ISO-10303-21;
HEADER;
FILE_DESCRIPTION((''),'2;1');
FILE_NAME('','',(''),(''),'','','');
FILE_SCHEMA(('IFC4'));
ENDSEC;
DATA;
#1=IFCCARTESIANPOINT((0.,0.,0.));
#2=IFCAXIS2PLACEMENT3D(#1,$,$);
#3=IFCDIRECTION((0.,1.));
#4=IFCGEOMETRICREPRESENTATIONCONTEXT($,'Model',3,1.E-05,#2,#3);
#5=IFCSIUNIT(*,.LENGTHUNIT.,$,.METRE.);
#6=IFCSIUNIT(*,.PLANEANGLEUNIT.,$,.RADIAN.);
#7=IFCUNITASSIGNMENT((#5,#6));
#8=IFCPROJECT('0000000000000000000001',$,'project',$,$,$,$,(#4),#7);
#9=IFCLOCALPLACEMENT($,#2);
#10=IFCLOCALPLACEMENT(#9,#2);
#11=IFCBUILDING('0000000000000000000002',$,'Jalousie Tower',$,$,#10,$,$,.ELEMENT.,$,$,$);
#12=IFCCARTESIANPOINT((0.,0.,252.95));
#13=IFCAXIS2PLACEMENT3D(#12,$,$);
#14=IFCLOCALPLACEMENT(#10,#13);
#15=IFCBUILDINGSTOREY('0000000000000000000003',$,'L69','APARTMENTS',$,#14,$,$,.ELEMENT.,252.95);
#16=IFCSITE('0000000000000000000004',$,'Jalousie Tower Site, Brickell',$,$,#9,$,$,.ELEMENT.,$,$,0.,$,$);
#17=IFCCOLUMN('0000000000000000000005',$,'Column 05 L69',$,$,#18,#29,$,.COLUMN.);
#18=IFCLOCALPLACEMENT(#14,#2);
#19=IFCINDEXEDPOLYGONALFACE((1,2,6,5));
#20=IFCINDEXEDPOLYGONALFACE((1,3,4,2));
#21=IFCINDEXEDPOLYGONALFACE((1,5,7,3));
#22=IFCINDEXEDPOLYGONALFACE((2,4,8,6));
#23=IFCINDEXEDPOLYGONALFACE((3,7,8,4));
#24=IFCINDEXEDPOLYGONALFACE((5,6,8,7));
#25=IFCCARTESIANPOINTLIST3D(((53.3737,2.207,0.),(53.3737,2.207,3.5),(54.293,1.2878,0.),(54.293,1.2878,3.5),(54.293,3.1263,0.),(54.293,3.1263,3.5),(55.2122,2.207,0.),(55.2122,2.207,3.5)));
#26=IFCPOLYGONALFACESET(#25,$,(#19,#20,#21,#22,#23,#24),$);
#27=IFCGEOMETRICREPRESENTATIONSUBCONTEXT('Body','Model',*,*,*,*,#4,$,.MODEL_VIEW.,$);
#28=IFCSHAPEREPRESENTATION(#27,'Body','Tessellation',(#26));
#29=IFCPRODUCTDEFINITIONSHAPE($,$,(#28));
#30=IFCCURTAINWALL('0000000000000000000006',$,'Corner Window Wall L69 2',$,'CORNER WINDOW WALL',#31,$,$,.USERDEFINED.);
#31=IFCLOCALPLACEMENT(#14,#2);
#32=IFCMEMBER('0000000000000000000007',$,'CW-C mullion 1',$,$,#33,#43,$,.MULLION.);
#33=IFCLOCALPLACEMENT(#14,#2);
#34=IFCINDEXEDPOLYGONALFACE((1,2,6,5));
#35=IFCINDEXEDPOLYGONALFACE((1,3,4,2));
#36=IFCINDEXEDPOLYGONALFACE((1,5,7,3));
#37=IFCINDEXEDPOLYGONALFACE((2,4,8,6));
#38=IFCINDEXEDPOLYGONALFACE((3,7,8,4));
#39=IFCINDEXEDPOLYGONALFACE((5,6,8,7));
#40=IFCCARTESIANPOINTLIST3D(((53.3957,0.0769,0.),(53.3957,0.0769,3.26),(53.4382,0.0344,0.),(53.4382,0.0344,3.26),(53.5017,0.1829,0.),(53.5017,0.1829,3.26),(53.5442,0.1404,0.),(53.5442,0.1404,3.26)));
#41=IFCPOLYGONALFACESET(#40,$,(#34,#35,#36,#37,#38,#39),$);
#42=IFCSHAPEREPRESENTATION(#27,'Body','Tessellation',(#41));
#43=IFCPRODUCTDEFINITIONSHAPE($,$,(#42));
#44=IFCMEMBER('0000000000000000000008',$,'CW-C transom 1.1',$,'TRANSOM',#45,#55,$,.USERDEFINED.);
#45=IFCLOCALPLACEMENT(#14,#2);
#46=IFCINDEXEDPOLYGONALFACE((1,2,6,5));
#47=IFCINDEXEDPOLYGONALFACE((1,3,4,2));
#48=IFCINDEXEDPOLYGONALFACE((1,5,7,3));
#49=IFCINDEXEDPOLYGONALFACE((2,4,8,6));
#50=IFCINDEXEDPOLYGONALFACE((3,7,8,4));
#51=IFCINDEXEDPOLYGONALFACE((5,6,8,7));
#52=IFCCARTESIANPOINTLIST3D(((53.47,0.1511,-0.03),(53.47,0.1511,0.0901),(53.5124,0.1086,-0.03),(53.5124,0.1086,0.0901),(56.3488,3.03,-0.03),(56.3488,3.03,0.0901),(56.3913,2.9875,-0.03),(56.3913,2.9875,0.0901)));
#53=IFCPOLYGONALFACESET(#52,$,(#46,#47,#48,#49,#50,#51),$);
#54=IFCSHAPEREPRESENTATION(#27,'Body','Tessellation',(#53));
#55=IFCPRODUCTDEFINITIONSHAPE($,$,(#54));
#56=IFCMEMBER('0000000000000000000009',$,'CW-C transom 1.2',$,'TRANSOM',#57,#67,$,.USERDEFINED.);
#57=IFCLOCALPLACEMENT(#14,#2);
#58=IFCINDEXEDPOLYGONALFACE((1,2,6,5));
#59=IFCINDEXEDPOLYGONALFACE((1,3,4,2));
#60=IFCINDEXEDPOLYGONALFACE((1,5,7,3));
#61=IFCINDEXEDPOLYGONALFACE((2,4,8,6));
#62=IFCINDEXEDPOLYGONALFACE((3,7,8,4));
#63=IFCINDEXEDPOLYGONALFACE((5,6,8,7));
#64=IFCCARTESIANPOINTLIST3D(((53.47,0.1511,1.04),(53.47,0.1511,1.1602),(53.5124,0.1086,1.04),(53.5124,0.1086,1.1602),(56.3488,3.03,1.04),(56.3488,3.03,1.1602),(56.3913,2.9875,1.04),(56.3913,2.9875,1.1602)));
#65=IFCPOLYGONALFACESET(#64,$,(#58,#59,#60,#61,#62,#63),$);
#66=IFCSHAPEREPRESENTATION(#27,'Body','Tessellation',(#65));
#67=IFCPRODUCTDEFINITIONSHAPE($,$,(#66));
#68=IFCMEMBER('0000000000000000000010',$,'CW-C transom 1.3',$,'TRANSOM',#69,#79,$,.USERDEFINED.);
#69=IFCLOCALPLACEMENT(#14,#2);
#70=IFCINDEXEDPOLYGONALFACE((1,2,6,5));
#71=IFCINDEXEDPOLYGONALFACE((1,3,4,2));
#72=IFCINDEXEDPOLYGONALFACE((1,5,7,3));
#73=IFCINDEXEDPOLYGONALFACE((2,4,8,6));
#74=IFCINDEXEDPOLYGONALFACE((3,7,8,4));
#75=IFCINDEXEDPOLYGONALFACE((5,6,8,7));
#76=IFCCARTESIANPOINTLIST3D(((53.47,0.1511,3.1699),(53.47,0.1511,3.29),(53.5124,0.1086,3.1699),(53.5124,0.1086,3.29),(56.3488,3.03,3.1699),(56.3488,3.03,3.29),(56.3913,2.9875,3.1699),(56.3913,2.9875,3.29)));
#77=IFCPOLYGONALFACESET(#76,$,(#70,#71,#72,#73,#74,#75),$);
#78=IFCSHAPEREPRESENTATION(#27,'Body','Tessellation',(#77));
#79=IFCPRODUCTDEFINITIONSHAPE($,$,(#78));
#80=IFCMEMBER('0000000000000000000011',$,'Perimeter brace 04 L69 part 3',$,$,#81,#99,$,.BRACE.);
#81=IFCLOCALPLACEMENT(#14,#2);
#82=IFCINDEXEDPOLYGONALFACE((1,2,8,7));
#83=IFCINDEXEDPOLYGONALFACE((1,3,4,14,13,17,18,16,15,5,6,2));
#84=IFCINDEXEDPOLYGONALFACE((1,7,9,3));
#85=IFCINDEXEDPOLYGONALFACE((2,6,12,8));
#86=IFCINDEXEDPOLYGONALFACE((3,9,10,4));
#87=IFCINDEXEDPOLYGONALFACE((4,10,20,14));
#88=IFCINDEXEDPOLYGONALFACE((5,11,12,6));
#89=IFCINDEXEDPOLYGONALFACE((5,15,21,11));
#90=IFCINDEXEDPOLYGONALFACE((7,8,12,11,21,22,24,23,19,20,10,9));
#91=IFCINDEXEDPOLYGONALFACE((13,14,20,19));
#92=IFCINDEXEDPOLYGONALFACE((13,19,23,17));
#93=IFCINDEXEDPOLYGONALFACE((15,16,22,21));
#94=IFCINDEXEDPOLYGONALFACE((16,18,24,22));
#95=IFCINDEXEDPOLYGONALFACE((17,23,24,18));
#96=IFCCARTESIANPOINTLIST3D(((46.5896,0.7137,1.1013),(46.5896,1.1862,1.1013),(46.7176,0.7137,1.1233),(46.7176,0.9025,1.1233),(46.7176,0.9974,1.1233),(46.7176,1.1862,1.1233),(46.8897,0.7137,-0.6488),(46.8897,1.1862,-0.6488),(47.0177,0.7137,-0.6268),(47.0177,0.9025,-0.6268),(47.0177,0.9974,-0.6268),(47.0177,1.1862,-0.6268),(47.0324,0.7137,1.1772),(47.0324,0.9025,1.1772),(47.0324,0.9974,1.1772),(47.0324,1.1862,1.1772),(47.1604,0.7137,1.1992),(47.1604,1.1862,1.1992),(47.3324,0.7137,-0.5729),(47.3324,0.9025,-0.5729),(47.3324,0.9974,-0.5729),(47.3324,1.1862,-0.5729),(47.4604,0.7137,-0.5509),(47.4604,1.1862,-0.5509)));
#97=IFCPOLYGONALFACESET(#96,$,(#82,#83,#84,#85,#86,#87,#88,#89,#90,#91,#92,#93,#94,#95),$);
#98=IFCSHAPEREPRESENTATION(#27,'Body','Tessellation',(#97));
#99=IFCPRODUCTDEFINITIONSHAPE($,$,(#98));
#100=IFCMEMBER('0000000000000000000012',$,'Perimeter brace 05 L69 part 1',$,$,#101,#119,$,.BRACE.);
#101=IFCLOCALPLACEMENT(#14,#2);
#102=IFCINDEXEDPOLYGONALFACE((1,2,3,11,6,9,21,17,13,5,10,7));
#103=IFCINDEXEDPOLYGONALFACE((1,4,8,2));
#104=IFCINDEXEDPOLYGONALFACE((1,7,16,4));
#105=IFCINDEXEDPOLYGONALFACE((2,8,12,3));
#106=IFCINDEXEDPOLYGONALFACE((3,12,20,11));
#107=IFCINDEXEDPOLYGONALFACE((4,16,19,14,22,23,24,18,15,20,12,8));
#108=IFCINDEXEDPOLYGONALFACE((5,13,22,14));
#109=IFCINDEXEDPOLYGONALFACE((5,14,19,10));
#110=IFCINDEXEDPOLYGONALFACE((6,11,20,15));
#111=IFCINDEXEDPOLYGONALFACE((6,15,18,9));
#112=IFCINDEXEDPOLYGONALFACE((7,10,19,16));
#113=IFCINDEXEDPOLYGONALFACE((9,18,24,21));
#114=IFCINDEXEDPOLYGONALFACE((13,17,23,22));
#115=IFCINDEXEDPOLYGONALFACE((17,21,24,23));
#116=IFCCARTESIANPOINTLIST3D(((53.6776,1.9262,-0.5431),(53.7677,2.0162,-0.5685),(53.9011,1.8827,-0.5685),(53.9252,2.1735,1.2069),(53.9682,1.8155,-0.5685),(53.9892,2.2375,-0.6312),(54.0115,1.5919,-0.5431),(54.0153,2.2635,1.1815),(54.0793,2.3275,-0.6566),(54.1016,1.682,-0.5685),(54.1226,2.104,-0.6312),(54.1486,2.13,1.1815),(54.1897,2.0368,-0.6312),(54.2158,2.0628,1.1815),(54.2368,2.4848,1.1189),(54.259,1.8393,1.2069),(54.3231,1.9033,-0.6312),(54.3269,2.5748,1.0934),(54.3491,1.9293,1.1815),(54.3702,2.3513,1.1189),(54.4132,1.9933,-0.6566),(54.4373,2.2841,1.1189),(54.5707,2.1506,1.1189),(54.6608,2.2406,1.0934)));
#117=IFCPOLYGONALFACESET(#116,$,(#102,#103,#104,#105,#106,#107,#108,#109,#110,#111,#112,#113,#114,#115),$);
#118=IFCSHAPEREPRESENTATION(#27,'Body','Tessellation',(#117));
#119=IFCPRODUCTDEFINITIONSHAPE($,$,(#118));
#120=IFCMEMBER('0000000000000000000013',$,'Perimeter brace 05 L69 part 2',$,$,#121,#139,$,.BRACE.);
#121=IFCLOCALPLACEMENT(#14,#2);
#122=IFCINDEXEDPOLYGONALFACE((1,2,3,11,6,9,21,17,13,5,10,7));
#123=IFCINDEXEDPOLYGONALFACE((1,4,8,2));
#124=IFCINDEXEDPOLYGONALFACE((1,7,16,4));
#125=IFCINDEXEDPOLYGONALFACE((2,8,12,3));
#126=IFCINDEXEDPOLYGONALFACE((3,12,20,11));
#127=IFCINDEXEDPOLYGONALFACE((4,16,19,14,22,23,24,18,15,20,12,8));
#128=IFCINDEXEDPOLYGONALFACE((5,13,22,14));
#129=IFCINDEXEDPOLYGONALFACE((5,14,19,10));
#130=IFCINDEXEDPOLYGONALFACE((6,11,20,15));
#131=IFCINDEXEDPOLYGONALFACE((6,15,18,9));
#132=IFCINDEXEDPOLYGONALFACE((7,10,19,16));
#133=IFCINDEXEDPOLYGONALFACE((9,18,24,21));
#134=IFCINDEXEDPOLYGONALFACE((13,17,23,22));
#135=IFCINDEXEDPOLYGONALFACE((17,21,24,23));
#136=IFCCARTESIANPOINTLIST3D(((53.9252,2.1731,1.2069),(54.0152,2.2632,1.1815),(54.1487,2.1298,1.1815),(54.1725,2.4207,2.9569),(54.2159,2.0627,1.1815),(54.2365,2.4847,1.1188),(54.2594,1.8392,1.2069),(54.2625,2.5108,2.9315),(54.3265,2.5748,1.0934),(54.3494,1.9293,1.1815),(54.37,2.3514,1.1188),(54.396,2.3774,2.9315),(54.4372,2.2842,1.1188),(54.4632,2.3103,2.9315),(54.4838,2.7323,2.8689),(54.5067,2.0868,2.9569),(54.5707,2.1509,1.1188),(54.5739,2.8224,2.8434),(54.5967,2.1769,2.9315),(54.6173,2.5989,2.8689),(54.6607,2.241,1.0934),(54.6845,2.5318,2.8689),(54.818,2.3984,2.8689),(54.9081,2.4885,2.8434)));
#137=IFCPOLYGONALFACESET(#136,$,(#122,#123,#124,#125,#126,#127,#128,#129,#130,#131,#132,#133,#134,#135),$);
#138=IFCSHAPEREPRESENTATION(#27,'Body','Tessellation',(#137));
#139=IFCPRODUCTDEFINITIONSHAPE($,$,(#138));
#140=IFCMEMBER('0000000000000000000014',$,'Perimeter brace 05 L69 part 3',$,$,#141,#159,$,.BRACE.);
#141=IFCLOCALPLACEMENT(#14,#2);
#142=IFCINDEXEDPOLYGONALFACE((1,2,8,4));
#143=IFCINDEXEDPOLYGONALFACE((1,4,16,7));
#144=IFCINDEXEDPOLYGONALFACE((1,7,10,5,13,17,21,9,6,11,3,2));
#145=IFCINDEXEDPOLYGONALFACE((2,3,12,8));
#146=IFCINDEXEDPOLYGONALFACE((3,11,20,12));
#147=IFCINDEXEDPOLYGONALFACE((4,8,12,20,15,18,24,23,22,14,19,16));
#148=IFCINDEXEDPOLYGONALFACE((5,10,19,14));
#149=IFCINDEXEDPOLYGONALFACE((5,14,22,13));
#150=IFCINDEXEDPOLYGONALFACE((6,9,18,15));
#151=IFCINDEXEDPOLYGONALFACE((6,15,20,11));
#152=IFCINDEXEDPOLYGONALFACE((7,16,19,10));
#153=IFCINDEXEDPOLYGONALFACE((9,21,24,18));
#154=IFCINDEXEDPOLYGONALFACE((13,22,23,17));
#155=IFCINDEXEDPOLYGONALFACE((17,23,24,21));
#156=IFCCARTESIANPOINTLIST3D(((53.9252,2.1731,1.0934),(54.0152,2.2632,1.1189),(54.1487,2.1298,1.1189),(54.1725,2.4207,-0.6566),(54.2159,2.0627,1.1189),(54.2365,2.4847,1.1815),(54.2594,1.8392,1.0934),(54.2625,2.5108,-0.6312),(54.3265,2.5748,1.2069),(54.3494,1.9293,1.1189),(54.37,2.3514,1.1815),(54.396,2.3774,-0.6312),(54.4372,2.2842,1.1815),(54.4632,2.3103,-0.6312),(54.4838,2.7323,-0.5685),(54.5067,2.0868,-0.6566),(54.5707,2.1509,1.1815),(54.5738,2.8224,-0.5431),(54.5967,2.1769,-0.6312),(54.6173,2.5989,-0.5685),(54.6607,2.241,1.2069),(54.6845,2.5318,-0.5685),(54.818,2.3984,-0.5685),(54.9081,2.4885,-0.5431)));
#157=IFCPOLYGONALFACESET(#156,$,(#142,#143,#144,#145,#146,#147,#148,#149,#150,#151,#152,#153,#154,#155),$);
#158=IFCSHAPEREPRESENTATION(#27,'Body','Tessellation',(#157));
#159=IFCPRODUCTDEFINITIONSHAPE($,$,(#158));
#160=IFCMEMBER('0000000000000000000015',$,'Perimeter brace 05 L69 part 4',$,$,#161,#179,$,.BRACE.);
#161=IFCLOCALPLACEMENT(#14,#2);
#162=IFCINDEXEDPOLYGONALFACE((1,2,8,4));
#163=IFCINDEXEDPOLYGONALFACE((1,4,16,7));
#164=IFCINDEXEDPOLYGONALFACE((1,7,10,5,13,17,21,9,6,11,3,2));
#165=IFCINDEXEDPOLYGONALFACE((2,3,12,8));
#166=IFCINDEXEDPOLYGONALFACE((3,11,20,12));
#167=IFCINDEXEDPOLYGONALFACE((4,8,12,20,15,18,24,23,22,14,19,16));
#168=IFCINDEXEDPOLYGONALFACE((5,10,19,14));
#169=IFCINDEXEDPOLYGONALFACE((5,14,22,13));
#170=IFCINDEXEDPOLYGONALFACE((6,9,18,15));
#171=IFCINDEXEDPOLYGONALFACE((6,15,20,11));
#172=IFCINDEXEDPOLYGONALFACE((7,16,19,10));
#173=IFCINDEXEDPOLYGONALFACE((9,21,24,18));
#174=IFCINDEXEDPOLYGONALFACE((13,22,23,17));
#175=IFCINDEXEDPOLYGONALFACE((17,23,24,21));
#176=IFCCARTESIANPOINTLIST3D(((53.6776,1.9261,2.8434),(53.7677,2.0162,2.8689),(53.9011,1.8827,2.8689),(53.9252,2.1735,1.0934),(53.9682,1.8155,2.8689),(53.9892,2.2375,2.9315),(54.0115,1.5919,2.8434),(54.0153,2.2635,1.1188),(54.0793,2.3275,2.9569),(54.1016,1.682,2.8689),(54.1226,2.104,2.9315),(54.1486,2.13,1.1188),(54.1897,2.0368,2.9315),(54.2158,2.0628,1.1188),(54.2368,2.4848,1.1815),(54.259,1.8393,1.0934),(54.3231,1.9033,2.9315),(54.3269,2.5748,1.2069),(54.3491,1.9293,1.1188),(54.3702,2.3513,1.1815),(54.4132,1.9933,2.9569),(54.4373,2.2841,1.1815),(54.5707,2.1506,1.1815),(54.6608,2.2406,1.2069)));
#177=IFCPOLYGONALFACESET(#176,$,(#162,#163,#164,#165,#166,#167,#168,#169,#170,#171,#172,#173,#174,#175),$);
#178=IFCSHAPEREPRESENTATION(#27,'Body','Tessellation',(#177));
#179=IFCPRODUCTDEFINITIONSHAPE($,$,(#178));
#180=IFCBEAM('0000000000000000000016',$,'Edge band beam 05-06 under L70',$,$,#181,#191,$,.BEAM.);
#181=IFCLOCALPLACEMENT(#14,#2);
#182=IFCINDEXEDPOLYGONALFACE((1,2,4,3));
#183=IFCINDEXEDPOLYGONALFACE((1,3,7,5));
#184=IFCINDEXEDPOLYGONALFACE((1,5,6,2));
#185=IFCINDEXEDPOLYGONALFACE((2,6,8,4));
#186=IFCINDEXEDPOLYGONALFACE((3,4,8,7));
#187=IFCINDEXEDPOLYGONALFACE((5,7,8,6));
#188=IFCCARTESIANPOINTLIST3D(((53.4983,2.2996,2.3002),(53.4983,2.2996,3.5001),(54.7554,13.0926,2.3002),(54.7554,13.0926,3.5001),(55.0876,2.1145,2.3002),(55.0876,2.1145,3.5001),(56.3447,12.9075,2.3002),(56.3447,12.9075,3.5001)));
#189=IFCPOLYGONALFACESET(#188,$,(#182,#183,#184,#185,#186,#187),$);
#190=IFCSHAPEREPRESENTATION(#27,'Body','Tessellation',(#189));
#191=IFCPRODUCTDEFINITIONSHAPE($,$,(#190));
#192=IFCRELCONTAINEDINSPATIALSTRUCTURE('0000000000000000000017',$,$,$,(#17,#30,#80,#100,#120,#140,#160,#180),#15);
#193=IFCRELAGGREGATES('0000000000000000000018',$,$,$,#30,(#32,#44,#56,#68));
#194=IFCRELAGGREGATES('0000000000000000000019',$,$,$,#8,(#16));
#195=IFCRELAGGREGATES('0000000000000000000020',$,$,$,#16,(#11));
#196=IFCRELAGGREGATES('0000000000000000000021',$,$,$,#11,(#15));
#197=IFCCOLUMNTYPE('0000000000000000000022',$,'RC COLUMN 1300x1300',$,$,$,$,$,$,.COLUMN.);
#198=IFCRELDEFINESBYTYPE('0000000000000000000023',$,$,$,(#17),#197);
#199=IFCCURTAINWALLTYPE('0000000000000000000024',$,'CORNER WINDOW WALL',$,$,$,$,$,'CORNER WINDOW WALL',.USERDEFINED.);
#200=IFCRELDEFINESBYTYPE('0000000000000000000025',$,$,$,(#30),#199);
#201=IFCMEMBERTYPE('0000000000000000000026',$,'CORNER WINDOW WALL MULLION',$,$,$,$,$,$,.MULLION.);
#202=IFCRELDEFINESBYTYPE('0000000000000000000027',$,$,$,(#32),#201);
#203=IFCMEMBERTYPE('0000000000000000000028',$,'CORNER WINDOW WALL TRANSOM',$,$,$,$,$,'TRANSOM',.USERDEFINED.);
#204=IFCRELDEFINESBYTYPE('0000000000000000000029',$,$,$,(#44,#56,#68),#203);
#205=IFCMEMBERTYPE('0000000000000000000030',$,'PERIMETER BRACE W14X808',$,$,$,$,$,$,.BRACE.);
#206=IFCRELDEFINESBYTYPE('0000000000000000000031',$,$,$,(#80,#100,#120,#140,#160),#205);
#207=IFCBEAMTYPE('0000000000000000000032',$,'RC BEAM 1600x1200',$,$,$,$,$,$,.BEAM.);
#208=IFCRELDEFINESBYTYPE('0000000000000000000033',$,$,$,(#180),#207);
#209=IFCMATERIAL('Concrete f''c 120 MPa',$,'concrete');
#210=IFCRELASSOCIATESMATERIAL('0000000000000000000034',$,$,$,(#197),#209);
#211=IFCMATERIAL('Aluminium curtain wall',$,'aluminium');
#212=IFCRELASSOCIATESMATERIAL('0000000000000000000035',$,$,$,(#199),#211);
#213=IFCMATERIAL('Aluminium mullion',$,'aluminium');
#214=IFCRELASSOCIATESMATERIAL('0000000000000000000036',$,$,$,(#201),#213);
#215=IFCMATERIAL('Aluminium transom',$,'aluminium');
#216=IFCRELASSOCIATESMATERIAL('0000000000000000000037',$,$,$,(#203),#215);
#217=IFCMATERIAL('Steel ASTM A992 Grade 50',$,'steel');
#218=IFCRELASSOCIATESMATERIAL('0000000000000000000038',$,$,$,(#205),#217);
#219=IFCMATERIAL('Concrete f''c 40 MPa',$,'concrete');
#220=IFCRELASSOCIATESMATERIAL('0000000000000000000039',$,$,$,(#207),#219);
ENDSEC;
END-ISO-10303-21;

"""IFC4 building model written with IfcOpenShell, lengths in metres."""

from ifc_helpers import new_model, si_unit, direction, frame, origin, origin_2d, place, context, subcontext, project, spatial, rectangle, i_section, extrude, material, material_profile, profile_set, type_object, element, aggregate, save


model = new_model("IFC4")

# Units and contexts
model_context = context("Model", 3, precision=1e-05, world=origin(), true_north=direction((0.0, 1.0)))
body_context = subcontext(model_context, "Body", "Model", "MODEL_VIEW")
ifc_project = project(units=[si_unit("LENGTHUNIT", "METRE"), si_unit("PLANEANGLEUNIT", "RADIAN")], contexts=[model_context])

# Site, building, storey
site_placement = place(None, origin())
site = spatial("IfcSite", under=ifc_project, at=site_placement, Name="Jalousie Tower Site, Brickell", CompositionType="ELEMENT", RefElevation=0.0)
building_placement = place(site_placement, origin())
building = spatial("IfcBuilding", under=site, at=building_placement, Name="Jalousie Tower", CompositionType="ELEMENT")
storey_placement = place(building_placement, frame((0.0, 0.0, 252.95)))
storey = spatial("IfcBuildingStorey", under=building, at=storey_placement, Name="L69", Description="APARTMENTS", CompositionType="ELEMENT", Elevation=252.95)

# Column
ifc_material_1 = material(Name="Concrete f'c 120 MPa", Category="concrete")
ifc_material_profile_1 = material_profile(ifc_material_1, rectangle(XDim=1.3, YDim=1.3, at=origin_2d()), Name="RC 1300x1300")
ifc_profile_set_1 = profile_set([ifc_material_profile_1], Name="Concrete f'c 120 MPa")
column_type = type_object("IfcColumnType", Name="RC COLUMN 1300x1300", PredefinedType="COLUMN", material=ifc_profile_set_1)
column_placement = place(storey_placement, frame((54.293, 2.207, 0.0), z_axis=(0.0, 0.0, 1.0), x_axis=(0.707107, 0.707107, 0.0)))
element("IfcColumn", 1, at=column_placement, inside=storey, type_object=column_type, Name="Column 05 L69", PredefinedType="COLUMN", context=body_context, shape_type="SweptSolid", body=[
    extrude(rectangle(XDim=1.3, YDim=1.3, at=origin_2d()), origin(), (0.0, 0.0, 1.0), 3.5),
])

# Curtain wall, members
ifc_material_2 = material(Name="Aluminium curtain wall", Category="aluminium")
curtain_wall_type_1 = type_object("IfcCurtainWallType", Name="CORNER WINDOW WALL", ElementType="CORNER WINDOW WALL", PredefinedType="USERDEFINED", material=ifc_material_2)
curtain_wall_1_placement = place(storey_placement, origin())
curtain_wall_1 = element("IfcCurtainWall", 2, at=curtain_wall_1_placement, inside=storey, type_object=curtain_wall_type_1, Name="Corner Window Wall L69 2", ObjectType="CORNER WINDOW WALL", PredefinedType="USERDEFINED")
ifc_material_3 = material(Name="Aluminium mullion", Category="aluminium")
ifc_material_profile_2 = material_profile(ifc_material_3, rectangle(XDim=0.0601, YDim=0.1499, at=origin_2d()), Name="MULLION 60x150")
ifc_profile_set_2 = profile_set([ifc_material_profile_2], Name="Aluminium mullion")
member_type_1 = type_object("IfcMemberType", Name="CORNER WINDOW WALL MULLION", PredefinedType="MULLION", material=ifc_profile_set_2)
member_1_placement = place(storey_placement, frame((53.47, 0.1086, 0.0), z_axis=(0.0, 0.0, 1.0), x_axis=(-0.707107, 0.707107, 0.0)))
member_1 = element("IfcMember", 3, at=member_1_placement, type_object=member_type_1, Name="CW-C mullion 1", PredefinedType="MULLION", context=body_context, shape_type="SweptSolid", body=[
    extrude(rectangle(XDim=0.0601, YDim=0.1499, at=origin_2d()), origin(), (0.0, 0.0, 1.0), 3.26),
])
ifc_material_4 = material(Name="Aluminium transom", Category="aluminium")
ifc_material_profile_3 = material_profile(ifc_material_4, rectangle(XDim=0.0601, YDim=0.1201, at=origin_2d()), Name="TRANSOM 60x120")
ifc_profile_set_3 = profile_set([ifc_material_profile_3], Name="Aluminium transom")
member_type_2 = type_object("IfcMemberType", Name="CORNER WINDOW WALL TRANSOM", ElementType="TRANSOM", PredefinedType="USERDEFINED", material=ifc_profile_set_3)
member_2_placement = place(storey_placement, frame((53.4912, 0.1299, 0.03), z_axis=(0.707107, 0.707107, 0.0), x_axis=(-0.707107, 0.707107, 0.0)))
member_2 = element("IfcMember", 4, at=member_2_placement, type_object=member_type_2, Name="CW-C transom 1.1", ObjectType="TRANSOM", PredefinedType="USERDEFINED", context=body_context, shape_type="SweptSolid", body=[
    extrude(rectangle(XDim=0.0601, YDim=0.1201, at=origin_2d()), origin(), (0.0, 0.0, 1.0), 4.0713),
])
member_3_placement = place(storey_placement, frame((53.4912, 0.1299, 1.1001), z_axis=(0.707107, 0.707107, 0.0), x_axis=(-0.707107, 0.707107, 0.0)))
member_3 = element("IfcMember", 5, at=member_3_placement, type_object=member_type_2, Name="CW-C transom 1.2", ObjectType="TRANSOM", PredefinedType="USERDEFINED", context=body_context, shape_type="SweptSolid", body=[
    extrude(rectangle(XDim=0.0601, YDim=0.1201, at=origin_2d()), origin(), (0.0, 0.0, 1.0), 4.0713),
])
member_4_placement = place(storey_placement, frame((53.4912, 0.1299, 3.23), z_axis=(0.707107, 0.707107, 0.0), x_axis=(-0.707107, 0.707107, 0.0)))
member_4 = element("IfcMember", 6, at=member_4_placement, type_object=member_type_2, Name="CW-C transom 1.3", ObjectType="TRANSOM", PredefinedType="USERDEFINED", context=body_context, shape_type="SweptSolid", body=[
    extrude(rectangle(XDim=0.0601, YDim=0.1201, at=origin_2d()), origin(), (0.0, 0.0, 1.0), 4.0713),
])

# Members
ifc_material_5 = material(Name="Steel ASTM A992 Grade 50", Category="steel")
ifc_material_profile_4 = material_profile(ifc_material_5, i_section(OverallWidth=0.4724, OverallDepth=0.5791, WebThickness=0.095, FlangeThickness=0.1299, at=origin_2d()), Name="W14X808")
ifc_profile_set_4 = profile_set([ifc_material_profile_4], Name="Steel ASTM A992 Grade 50")
member_type_3 = type_object("IfcMemberType", Name="PERIMETER BRACE W14X808", PredefinedType="BRACE", material=ifc_profile_set_4)
member_5_placement = place(storey_placement, frame((47.175, 0.95, -0.5999), z_axis=(-0.168991, 0.0, 0.985618), x_axis=(0.0, -1.0, 0.0)))
element("IfcMember", 7, at=member_5_placement, inside=storey, type_object=member_type_3, Name="Perimeter brace 04 L69 part 3", PredefinedType="BRACE", context=body_context, shape_type="SweptSolid", body=[
    extrude(i_section(OverallWidth=0.4724, OverallDepth=0.5791, WebThickness=0.095, FlangeThickness=0.1299, at=origin_2d()), origin(), (0.0, 0.0, 1.0), 1.7756),
])
for number, where, z_axis, x_axis, name in (
    (8, (54.0454, 1.9597, -0.5999), (0.138716, 0.138579, 0.980588), (-0.706758, 0.707456, 0.0), "Perimeter brace 05 L69 part 1"),
    (9, (54.293, 2.207, 1.1501), (0.138579, 0.138716, 0.980588), (-0.707456, 0.706758, 0.0), "Perimeter brace 05 L69 part 2"),
    (10, (54.5403, 2.4546, -0.5999), (-0.138579, -0.138716, 0.980588), (0.707456, -0.706758, 0.0), "Perimeter brace 05 L69 part 3"),
    (11, (54.293, 2.207, 1.1501), (-0.138716, -0.138579, 0.980588), (0.706758, -0.707456, 0.0), "Perimeter brace 05 L69 part 4"),
):
    element("IfcMember", number, at=place(storey_placement, frame(where, z_axis=z_axis, x_axis=x_axis)), inside=storey, type_object=member_type_3, Name=name, PredefinedType="BRACE", context=body_context, shape_type="SweptSolid", body=[
        extrude(i_section(OverallWidth=0.4724, OverallDepth=0.5791, WebThickness=0.095, FlangeThickness=0.1299, at=origin_2d()), origin(), (0.0, 0.0, 1.0), 1.7847),
    ])

# Beam
ifc_material_6 = material(Name="Concrete f'c 40 MPa", Category="concrete")
ifc_material_profile_5 = material_profile(ifc_material_6, rectangle(XDim=1.6001, YDim=1.2, at=origin_2d()), Name="RC 1600x1200")
ifc_profile_set_5 = profile_set([ifc_material_profile_5], Name="Concrete f'c 40 MPa")
beam_type_1 = type_object("IfcBeamType", Name="RC BEAM 1600x1200", PredefinedType="BEAM", material=ifc_profile_set_5)
beam_1_placement = place(storey_placement, frame((54.293, 2.207, 2.9001), z_axis=(0.11569, 0.993285, 0.0), x_axis=(-0.993285, 0.11569, 0.0)))
element("IfcBeam", 12, at=beam_1_placement, inside=storey, type_object=beam_type_1, Name="Edge band beam 05-06 under L70", PredefinedType="BEAM", context=body_context, shape_type="SweptSolid", body=[
    extrude(rectangle(XDim=1.6001, YDim=1.2, at=origin_2d()), origin(), (0.0, 0.0, 1.0), 10.866),
])

aggregate(curtain_wall_1, [member_1, member_2, member_3, member_4])

save(model, "model.ifc")
